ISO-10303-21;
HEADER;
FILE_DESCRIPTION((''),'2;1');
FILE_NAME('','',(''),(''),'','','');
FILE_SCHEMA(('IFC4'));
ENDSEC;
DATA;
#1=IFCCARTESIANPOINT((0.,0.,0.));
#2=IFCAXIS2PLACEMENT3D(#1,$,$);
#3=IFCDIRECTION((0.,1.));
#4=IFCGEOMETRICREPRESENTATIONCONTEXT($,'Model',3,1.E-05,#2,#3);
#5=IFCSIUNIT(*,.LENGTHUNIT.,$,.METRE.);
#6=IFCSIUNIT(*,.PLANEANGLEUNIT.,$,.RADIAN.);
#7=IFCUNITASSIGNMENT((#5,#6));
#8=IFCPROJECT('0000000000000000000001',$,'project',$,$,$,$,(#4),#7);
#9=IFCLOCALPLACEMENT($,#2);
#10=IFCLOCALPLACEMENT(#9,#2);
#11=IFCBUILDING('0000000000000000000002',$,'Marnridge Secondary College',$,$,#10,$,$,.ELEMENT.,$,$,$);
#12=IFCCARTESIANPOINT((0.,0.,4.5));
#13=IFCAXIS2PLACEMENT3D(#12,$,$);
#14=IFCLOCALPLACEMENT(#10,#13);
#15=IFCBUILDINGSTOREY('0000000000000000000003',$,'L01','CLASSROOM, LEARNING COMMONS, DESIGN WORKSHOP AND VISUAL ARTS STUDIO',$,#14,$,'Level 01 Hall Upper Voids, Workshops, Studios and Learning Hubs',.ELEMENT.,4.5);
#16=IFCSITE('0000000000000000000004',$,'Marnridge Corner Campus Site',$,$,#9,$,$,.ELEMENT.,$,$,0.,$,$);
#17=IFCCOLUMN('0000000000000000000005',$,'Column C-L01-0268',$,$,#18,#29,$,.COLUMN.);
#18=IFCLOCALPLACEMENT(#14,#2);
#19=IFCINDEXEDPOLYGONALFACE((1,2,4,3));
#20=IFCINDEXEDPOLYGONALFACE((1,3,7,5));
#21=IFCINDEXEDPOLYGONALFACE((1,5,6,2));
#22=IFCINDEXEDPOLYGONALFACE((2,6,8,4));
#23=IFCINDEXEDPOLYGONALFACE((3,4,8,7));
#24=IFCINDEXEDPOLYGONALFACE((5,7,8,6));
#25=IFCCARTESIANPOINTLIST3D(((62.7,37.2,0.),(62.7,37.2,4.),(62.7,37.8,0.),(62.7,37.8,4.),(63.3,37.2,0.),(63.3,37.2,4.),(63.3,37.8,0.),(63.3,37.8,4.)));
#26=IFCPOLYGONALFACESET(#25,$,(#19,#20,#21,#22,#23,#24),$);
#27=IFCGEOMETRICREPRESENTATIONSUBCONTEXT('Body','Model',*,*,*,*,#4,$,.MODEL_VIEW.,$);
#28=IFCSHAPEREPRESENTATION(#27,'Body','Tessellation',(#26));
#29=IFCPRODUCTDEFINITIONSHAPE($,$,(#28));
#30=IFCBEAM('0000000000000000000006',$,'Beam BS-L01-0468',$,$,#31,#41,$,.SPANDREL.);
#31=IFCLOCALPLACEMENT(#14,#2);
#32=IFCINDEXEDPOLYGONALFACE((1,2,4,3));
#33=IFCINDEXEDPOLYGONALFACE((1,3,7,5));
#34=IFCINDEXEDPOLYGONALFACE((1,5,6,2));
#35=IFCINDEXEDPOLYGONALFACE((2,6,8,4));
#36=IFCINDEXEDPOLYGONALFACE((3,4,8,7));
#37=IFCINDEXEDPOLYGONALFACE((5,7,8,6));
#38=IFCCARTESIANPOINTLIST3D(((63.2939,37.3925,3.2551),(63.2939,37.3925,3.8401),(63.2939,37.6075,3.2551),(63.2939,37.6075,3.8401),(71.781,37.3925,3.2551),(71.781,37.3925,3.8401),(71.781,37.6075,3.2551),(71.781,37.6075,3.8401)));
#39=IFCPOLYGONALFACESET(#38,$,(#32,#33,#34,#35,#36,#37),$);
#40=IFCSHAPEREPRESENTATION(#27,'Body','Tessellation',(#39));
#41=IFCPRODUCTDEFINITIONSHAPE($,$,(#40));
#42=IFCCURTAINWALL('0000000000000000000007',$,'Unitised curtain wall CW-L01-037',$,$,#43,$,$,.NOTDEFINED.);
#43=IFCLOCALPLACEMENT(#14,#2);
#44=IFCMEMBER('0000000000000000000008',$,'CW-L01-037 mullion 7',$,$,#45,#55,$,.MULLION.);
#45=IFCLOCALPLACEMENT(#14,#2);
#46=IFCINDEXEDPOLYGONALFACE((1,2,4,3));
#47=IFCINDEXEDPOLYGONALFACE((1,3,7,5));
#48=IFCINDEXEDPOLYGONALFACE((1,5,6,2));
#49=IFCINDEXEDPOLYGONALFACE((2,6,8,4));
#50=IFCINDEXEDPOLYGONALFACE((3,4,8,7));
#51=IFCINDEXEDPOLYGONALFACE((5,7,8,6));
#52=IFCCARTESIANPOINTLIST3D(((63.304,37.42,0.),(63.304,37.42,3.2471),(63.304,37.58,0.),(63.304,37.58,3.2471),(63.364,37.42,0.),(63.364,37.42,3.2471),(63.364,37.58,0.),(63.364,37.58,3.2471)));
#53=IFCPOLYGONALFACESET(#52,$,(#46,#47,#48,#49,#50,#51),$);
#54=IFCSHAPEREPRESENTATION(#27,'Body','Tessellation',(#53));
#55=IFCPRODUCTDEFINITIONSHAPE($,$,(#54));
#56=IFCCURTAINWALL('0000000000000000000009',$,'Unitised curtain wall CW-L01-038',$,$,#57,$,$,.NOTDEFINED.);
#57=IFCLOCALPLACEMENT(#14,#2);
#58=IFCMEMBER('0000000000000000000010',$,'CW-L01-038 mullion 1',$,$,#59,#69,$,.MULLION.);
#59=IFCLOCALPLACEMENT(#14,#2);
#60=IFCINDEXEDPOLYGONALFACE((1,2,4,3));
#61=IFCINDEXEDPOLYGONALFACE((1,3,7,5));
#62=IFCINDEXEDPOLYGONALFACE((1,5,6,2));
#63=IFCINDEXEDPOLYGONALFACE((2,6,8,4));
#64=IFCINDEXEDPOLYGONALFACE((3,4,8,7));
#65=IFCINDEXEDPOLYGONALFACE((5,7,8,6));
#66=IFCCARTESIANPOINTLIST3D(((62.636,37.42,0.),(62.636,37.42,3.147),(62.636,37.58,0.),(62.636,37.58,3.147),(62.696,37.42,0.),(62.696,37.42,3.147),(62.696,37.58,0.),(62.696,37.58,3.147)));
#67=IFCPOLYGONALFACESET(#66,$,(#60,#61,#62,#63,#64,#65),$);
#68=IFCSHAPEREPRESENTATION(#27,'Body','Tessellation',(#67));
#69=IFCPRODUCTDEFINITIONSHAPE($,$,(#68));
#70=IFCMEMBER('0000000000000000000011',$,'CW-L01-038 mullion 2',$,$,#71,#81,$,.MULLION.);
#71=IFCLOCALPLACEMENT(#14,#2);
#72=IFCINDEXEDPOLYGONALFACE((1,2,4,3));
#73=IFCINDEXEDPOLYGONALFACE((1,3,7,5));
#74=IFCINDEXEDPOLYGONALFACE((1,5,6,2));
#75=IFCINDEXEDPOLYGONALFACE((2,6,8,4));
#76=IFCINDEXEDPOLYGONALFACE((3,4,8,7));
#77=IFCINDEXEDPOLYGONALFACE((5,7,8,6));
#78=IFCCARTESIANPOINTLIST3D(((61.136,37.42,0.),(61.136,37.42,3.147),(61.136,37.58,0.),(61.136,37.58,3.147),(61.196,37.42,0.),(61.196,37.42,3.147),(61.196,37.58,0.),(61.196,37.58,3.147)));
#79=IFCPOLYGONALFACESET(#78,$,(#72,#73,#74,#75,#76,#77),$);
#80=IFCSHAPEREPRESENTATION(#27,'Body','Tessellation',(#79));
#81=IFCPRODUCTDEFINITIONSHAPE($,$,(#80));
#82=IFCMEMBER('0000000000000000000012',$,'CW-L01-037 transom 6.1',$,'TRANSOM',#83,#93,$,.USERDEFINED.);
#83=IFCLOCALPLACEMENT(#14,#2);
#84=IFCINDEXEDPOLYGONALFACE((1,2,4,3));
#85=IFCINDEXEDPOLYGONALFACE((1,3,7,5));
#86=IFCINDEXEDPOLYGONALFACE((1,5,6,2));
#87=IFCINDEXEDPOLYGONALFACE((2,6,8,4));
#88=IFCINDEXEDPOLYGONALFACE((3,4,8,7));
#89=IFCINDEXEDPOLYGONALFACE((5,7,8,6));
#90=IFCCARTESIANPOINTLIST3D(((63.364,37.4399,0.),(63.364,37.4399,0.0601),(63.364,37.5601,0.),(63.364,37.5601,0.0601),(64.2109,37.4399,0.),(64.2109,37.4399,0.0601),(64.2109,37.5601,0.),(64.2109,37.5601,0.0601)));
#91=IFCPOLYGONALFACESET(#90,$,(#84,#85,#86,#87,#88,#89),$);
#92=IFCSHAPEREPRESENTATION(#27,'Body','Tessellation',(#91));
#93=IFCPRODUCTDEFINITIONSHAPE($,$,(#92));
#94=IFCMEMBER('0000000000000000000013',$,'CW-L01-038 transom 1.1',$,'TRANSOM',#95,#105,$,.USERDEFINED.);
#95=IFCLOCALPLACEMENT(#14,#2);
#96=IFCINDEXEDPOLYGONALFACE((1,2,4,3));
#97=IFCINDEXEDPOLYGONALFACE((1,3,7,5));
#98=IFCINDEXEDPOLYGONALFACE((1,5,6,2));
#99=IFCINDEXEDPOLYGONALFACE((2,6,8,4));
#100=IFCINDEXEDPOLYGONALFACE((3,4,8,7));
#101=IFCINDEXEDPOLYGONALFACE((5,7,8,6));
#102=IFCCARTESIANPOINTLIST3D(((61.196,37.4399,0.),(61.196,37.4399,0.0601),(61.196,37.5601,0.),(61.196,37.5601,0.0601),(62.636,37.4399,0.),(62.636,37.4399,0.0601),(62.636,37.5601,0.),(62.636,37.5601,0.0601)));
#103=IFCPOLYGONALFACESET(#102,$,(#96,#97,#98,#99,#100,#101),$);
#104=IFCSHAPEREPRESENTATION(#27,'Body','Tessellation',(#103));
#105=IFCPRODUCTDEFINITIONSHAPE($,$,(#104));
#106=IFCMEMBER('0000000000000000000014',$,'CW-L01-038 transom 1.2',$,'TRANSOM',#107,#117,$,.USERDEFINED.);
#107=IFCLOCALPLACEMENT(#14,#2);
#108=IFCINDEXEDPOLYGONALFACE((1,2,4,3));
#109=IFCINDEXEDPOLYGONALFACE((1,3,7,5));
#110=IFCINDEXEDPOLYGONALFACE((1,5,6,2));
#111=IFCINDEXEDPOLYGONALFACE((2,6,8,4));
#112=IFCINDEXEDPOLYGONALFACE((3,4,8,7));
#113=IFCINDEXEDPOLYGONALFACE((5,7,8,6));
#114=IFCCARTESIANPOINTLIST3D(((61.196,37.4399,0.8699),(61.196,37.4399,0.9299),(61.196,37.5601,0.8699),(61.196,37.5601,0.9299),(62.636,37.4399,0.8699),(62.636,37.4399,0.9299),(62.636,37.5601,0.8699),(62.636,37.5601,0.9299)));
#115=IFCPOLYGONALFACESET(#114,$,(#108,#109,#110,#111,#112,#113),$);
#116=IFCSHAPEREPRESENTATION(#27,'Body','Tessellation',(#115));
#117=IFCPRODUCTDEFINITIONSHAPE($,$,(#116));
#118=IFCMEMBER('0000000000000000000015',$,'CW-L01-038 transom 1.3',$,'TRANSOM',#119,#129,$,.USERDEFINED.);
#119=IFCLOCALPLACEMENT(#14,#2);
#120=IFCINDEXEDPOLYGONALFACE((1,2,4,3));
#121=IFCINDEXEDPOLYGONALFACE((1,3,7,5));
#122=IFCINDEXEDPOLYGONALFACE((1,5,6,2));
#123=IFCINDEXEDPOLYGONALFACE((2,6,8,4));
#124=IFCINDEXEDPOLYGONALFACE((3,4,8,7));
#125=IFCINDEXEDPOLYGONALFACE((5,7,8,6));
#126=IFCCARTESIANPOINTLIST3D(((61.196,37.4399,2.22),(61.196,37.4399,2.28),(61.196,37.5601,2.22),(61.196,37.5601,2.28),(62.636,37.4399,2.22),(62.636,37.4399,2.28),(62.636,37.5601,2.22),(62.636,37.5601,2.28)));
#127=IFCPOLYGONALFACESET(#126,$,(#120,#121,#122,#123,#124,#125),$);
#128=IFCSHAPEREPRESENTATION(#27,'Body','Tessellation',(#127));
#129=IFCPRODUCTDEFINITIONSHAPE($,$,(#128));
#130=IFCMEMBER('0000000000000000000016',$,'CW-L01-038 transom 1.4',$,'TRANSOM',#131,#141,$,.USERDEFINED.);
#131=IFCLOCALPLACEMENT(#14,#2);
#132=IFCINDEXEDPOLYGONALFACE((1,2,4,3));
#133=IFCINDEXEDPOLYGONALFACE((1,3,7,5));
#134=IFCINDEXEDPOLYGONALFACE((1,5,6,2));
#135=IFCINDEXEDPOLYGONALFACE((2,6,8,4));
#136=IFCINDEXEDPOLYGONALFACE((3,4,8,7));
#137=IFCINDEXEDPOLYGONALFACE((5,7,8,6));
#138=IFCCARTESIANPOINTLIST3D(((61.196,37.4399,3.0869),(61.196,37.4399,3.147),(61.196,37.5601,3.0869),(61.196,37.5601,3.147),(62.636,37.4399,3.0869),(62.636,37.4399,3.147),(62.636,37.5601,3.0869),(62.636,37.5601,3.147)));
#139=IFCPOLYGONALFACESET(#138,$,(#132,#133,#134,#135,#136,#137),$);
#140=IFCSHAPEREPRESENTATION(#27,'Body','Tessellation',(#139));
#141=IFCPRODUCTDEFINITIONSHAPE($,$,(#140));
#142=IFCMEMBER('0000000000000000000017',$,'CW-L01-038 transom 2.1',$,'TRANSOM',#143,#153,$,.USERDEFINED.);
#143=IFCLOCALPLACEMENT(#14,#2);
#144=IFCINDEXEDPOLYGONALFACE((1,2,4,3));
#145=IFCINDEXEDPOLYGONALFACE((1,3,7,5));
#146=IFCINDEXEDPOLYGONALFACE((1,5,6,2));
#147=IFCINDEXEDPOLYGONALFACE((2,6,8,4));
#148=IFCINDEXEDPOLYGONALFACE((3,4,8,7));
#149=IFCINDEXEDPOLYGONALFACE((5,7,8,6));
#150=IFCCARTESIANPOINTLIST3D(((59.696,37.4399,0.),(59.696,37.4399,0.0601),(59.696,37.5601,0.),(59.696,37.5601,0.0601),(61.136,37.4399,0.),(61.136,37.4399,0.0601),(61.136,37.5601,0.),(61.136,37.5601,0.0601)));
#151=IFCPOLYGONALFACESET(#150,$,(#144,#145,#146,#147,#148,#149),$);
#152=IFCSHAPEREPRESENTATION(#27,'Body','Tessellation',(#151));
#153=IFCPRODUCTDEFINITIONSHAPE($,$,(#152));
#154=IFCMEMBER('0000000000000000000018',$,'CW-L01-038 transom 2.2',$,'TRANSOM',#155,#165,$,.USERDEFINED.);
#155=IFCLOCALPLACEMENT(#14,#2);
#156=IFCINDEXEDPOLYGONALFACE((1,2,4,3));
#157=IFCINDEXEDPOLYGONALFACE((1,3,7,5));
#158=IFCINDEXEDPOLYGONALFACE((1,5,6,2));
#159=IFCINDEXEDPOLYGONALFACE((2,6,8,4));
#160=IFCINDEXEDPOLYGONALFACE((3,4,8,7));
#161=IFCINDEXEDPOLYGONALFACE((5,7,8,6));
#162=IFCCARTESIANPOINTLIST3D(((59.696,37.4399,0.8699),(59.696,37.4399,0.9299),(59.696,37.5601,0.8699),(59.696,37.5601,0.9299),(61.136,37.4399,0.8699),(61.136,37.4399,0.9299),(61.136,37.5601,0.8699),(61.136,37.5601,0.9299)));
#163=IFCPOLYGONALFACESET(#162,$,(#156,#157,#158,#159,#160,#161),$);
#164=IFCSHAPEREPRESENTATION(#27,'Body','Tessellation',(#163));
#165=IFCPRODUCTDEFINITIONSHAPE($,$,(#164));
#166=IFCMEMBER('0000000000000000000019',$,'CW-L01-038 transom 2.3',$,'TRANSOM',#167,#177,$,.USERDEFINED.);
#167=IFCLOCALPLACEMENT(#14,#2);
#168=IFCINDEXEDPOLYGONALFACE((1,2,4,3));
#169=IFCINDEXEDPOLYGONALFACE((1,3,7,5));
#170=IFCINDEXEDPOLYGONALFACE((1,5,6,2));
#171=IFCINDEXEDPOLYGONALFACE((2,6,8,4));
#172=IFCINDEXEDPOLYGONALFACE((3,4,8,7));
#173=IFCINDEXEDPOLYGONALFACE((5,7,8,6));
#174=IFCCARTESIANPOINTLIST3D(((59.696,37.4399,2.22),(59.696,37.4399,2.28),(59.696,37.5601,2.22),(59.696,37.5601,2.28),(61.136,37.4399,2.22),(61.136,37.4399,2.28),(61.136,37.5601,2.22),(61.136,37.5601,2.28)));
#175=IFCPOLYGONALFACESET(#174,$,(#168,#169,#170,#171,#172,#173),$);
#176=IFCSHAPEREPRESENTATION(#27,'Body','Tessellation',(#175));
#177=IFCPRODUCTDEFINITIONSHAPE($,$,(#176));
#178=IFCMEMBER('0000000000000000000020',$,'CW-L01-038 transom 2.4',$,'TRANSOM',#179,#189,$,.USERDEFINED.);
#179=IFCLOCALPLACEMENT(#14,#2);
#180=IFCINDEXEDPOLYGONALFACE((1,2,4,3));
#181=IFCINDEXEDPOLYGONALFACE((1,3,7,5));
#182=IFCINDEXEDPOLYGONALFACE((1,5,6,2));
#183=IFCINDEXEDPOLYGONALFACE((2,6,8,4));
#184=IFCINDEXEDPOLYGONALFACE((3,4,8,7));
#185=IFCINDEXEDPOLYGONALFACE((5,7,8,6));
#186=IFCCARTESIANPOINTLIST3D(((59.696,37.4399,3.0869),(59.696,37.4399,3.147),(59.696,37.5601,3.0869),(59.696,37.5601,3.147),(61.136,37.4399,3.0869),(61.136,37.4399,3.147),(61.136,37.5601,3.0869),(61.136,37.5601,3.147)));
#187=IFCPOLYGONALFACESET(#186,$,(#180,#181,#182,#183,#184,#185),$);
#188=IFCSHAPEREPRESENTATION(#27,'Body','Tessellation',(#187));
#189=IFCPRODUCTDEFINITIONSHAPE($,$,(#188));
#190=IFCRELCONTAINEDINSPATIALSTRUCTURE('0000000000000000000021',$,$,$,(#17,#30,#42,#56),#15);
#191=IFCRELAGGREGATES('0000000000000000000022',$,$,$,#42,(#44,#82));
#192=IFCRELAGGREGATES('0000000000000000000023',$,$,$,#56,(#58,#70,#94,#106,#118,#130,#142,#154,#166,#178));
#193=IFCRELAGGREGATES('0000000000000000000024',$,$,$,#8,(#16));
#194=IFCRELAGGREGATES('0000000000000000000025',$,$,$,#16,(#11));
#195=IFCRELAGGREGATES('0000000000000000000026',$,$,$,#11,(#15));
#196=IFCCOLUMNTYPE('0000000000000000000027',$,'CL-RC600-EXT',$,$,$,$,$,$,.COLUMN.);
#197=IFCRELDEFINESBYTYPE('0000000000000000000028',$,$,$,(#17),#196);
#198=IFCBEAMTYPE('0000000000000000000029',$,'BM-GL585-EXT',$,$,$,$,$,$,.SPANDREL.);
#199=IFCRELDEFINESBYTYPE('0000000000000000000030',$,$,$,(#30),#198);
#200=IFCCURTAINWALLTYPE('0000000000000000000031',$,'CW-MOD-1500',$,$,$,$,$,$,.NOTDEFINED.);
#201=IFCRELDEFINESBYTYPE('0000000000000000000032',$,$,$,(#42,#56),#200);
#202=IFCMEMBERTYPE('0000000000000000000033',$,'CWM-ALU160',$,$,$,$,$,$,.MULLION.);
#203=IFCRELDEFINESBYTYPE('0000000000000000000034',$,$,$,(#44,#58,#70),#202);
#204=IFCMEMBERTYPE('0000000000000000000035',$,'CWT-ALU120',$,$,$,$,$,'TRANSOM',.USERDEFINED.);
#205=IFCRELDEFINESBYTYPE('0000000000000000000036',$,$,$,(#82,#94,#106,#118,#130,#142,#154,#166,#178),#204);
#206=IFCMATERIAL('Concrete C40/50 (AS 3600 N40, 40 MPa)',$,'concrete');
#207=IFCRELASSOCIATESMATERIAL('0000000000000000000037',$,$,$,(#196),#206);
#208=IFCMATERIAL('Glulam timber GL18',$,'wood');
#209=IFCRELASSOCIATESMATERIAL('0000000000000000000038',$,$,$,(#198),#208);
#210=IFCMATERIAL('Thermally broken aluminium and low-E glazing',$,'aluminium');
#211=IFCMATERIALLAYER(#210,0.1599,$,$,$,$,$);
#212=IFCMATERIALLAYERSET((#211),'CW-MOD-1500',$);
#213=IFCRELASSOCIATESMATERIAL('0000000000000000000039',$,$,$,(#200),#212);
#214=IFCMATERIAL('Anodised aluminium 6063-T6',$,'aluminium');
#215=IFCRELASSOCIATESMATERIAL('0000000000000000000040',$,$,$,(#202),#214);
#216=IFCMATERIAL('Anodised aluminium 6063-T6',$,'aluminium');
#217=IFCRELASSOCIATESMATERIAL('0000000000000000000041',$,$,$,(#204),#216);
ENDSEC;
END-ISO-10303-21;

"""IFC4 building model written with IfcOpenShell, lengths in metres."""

from ifc_helpers import new_model, si_unit, direction, frame, origin, origin_2d, place, context, subcontext, project, spatial, rectangle, extrude, material, layer, layer_set, material_profile, profile_set, type_object, element, aggregate, save


model = new_model("IFC4")

# Units and contexts
model_context = context("Model", 3, precision=1e-05, world=origin(), true_north=direction((0.0, 1.0)))
body_context = subcontext(model_context, "Body", "Model", "MODEL_VIEW")
ifc_project = project(units=[si_unit("LENGTHUNIT", "METRE"), si_unit("PLANEANGLEUNIT", "RADIAN")], contexts=[model_context])

# Site, building, storey
site_placement = place(None, origin())
site = spatial("IfcSite", under=ifc_project, at=site_placement, Name="Marnridge Corner Campus Site", CompositionType="ELEMENT", RefElevation=0.0)
building_placement = place(site_placement, origin())
building = spatial("IfcBuilding", under=site, at=building_placement, Name="Marnridge Secondary College", CompositionType="ELEMENT")
storey_placement = place(building_placement, frame((0.0, 0.0, 4.5)))
storey = spatial("IfcBuildingStorey", under=building, at=storey_placement, Name="L01", Description="CLASSROOM, LEARNING COMMONS, DESIGN WORKSHOP AND VISUAL ARTS STUDIO", LongName="Level 01 Hall Upper Voids, Workshops, Studios and Learning Hubs", CompositionType="ELEMENT", Elevation=4.5)

# Column
ifc_material_1 = material(Name="Concrete C40/50 (AS 3600 N40, 40 MPa)", Category="concrete")
ifc_material_profile_1 = material_profile(ifc_material_1, rectangle(XDim=0.6001, YDim=0.6001, at=origin_2d()), Name="RC 600x600")
ifc_profile_set_1 = profile_set([ifc_material_profile_1], Name="Concrete C40/50 (AS 3600 N40, 40 MPa)")
column_type = type_object("IfcColumnType", Name="CL-RC600-EXT", PredefinedType="COLUMN", material=ifc_profile_set_1)
column_placement = place(storey_placement, frame((63.0, 37.5, 0.0), z_axis=(0.0, 0.0, 1.0), x_axis=(1.0, 0.0, 0.0)))
element("IfcColumn", 1, at=column_placement, inside=storey, type_object=column_type, Name="Column C-L01-0268", PredefinedType="COLUMN", context=body_context, shape_type="SweptSolid", body=[
    extrude(rectangle(XDim=0.6001, YDim=0.6001, at=origin_2d()), origin(), (0.0, 0.0, 1.0), 4.0),
])

# Beam
ifc_material_2 = material(Name="Glulam timber GL18", Category="wood")
ifc_material_profile_2 = material_profile(ifc_material_2, rectangle(XDim=0.2151, YDim=0.585, at=origin_2d()), Name="GL18 215x585")
ifc_profile_set_2 = profile_set([ifc_material_profile_2], Name="Glulam timber GL18")
beam_type = type_object("IfcBeamType", Name="BM-GL585-EXT", PredefinedType="SPANDREL", material=ifc_profile_set_2)
beam_placement = place(storey_placement, frame((63.2939, 37.5, 3.5476), z_axis=(1.0, 0.0, 0.0), x_axis=(0.0, 1.0, 0.0)))
element("IfcBeam", 2, at=beam_placement, inside=storey, type_object=beam_type, Name="Beam BS-L01-0468", PredefinedType="SPANDREL", context=body_context, shape_type="SweptSolid", body=[
    extrude(rectangle(XDim=0.2151, YDim=0.585, at=origin_2d()), origin(), (0.0, 0.0, 1.0), 8.4871),
])

# Curtain wall, member
ifc_material_3 = material(Name="Thermally broken aluminium and low-E glazing", Category="aluminium")
ifc_layer_1 = layer(ifc_material_3, 0.1599)
ifc_layer_set_1 = layer_set([ifc_layer_1], Name="CW-MOD-1500")
curtain_wall_type = type_object("IfcCurtainWallType", Name="CW-MOD-1500", PredefinedType="NOTDEFINED", material=ifc_layer_set_1)
curtain_wall_1_placement = place(storey_placement, origin())
curtain_wall_1 = element("IfcCurtainWall", 3, at=curtain_wall_1_placement, inside=storey, type_object=curtain_wall_type, Name="Unitised curtain wall CW-L01-037", PredefinedType="NOTDEFINED")
ifc_material_4 = material(Name="Anodised aluminium 6063-T6", Category="aluminium")
ifc_material_profile_3 = material_profile(ifc_material_4, rectangle(XDim=0.0601, YDim=0.1599, at=origin_2d()), Name="ALU 60x160")
ifc_profile_set_3 = profile_set([ifc_material_profile_3], Name="Anodised aluminium 6063-T6")
member_type_1 = type_object("IfcMemberType", Name="CWM-ALU160", PredefinedType="MULLION", material=ifc_profile_set_3)
member_1_placement = place(storey_placement, frame((63.334, 37.5, 0.0), z_axis=(0.0, 0.0, 1.0), x_axis=(-1.0, 0.0, 0.0)))
member_1 = element("IfcMember", 4, at=member_1_placement, type_object=member_type_1, Name="CW-L01-037 mullion 7", PredefinedType="MULLION", context=body_context, shape_type="SweptSolid", body=[
    extrude(rectangle(XDim=0.0601, YDim=0.1599, at=origin_2d()), origin(), (0.0, 0.0, 1.0), 3.2471),
])

# Curtain wall, members
curtain_wall_2_placement = place(storey_placement, origin())
curtain_wall_2 = element("IfcCurtainWall", 5, at=curtain_wall_2_placement, inside=storey, type_object=curtain_wall_type, Name="Unitised curtain wall CW-L01-038", PredefinedType="NOTDEFINED")
member_2_placement = place(storey_placement, frame((62.666, 37.5, 0.0), z_axis=(0.0, 0.0, 1.0), x_axis=(-1.0, 0.0, 0.0)))
member_2 = element("IfcMember", 6, at=member_2_placement, type_object=member_type_1, Name="CW-L01-038 mullion 1", PredefinedType="MULLION", context=body_context, shape_type="SweptSolid", body=[
    extrude(rectangle(XDim=0.0601, YDim=0.1599, at=origin_2d()), origin(), (0.0, 0.0, 1.0), 3.147),
])
member_3_placement = place(storey_placement, frame((61.166, 37.5, 0.0), z_axis=(0.0, 0.0, 1.0), x_axis=(-1.0, 0.0, 0.0)))
member_3 = element("IfcMember", 7, at=member_3_placement, type_object=member_type_1, Name="CW-L01-038 mullion 2", PredefinedType="MULLION", context=body_context, shape_type="SweptSolid", body=[
    extrude(rectangle(XDim=0.0601, YDim=0.1599, at=origin_2d()), origin(), (0.0, 0.0, 1.0), 3.147),
])

# Members
ifc_material_5 = material(Name="Anodised aluminium 6063-T6", Category="aluminium")
ifc_material_profile_4 = material_profile(ifc_material_5, rectangle(XDim=0.0601, YDim=0.1201, at=origin_2d()), Name="ALU 60x120")
ifc_profile_set_4 = profile_set([ifc_material_profile_4], Name="Anodised aluminium 6063-T6")
member_type_2 = type_object("IfcMemberType", Name="CWT-ALU120", ElementType="TRANSOM", PredefinedType="USERDEFINED", material=ifc_profile_set_4)
member_4_placement = place(storey_placement, frame((64.2109, 37.5, 0.03), z_axis=(-1.0, 0.0, 0.0), x_axis=(0.0, 0.0, 1.0)))
member_4 = element("IfcMember", 8, at=member_4_placement, type_object=member_type_2, Name="CW-L01-037 transom 6.1", ObjectType="TRANSOM", PredefinedType="USERDEFINED", context=body_context, shape_type="SweptSolid", body=[
    extrude(rectangle(XDim=0.0601, YDim=0.1201, at=origin_2d()), origin(), (0.0, 0.0, 1.0), 0.8469),
])
member_5_placement = place(storey_placement, frame((62.636, 37.5, 0.03), z_axis=(-1.0, 0.0, 0.0), x_axis=(0.0, 0.0, 1.0)))
member_5 = element("IfcMember", 9, at=member_5_placement, type_object=member_type_2, Name="CW-L01-038 transom 1.1", ObjectType="TRANSOM", PredefinedType="USERDEFINED", context=body_context, shape_type="SweptSolid", body=[
    extrude(rectangle(XDim=0.0601, YDim=0.1201, at=origin_2d()), origin(), (0.0, 0.0, 1.0), 1.4399),
])
member_6_placement = place(storey_placement, frame((62.636, 37.5, 0.8999), z_axis=(-1.0, 0.0, 0.0), x_axis=(0.0, 0.0, 1.0)))
member_6 = element("IfcMember", 10, at=member_6_placement, type_object=member_type_2, Name="CW-L01-038 transom 1.2", ObjectType="TRANSOM", PredefinedType="USERDEFINED", context=body_context, shape_type="SweptSolid", body=[
    extrude(rectangle(XDim=0.0601, YDim=0.1201, at=origin_2d()), origin(), (0.0, 0.0, 1.0), 1.4399),
])
member_7_placement = place(storey_placement, frame((62.636, 37.5, 2.25), z_axis=(-1.0, 0.0, 0.0), x_axis=(0.0, 0.0, 1.0)))
member_7 = element("IfcMember", 11, at=member_7_placement, type_object=member_type_2, Name="CW-L01-038 transom 1.3", ObjectType="TRANSOM", PredefinedType="USERDEFINED", context=body_context, shape_type="SweptSolid", body=[
    extrude(rectangle(XDim=0.0601, YDim=0.1201, at=origin_2d()), origin(), (0.0, 0.0, 1.0), 1.4399),
])
member_8_placement = place(storey_placement, frame((62.636, 37.5, 3.1169), z_axis=(-1.0, 0.0, 0.0), x_axis=(0.0, 0.0, 1.0)))
member_8 = element("IfcMember", 12, at=member_8_placement, type_object=member_type_2, Name="CW-L01-038 transom 1.4", ObjectType="TRANSOM", PredefinedType="USERDEFINED", context=body_context, shape_type="SweptSolid", body=[
    extrude(rectangle(XDim=0.0601, YDim=0.1201, at=origin_2d()), origin(), (0.0, 0.0, 1.0), 1.4399),
])
member_9_placement = place(storey_placement, frame((61.136, 37.5, 0.03), z_axis=(-1.0, 0.0, 0.0), x_axis=(0.0, 0.0, 1.0)))
member_9 = element("IfcMember", 13, at=member_9_placement, type_object=member_type_2, Name="CW-L01-038 transom 2.1", ObjectType="TRANSOM", PredefinedType="USERDEFINED", context=body_context, shape_type="SweptSolid", body=[
    extrude(rectangle(XDim=0.0601, YDim=0.1201, at=origin_2d()), origin(), (0.0, 0.0, 1.0), 1.4399),
])
member_10_placement = place(storey_placement, frame((61.136, 37.5, 0.8999), z_axis=(-1.0, 0.0, 0.0), x_axis=(0.0, 0.0, 1.0)))
member_10 = element("IfcMember", 14, at=member_10_placement, type_object=member_type_2, Name="CW-L01-038 transom 2.2", ObjectType="TRANSOM", PredefinedType="USERDEFINED", context=body_context, shape_type="SweptSolid", body=[
    extrude(rectangle(XDim=0.0601, YDim=0.1201, at=origin_2d()), origin(), (0.0, 0.0, 1.0), 1.4399),
])
member_11_placement = place(storey_placement, frame((61.136, 37.5, 2.25), z_axis=(-1.0, 0.0, 0.0), x_axis=(0.0, 0.0, 1.0)))
member_11 = element("IfcMember", 15, at=member_11_placement, type_object=member_type_2, Name="CW-L01-038 transom 2.3", ObjectType="TRANSOM", PredefinedType="USERDEFINED", context=body_context, shape_type="SweptSolid", body=[
    extrude(rectangle(XDim=0.0601, YDim=0.1201, at=origin_2d()), origin(), (0.0, 0.0, 1.0), 1.4399),
])
member_12_placement = place(storey_placement, frame((61.136, 37.5, 3.1169), z_axis=(-1.0, 0.0, 0.0), x_axis=(0.0, 0.0, 1.0)))
member_12 = element("IfcMember", 16, at=member_12_placement, type_object=member_type_2, Name="CW-L01-038 transom 2.4", ObjectType="TRANSOM", PredefinedType="USERDEFINED", context=body_context, shape_type="SweptSolid", body=[
    extrude(rectangle(XDim=0.0601, YDim=0.1201, at=origin_2d()), origin(), (0.0, 0.0, 1.0), 1.4399),
])

aggregate(curtain_wall_1, [member_1, member_4])
aggregate(curtain_wall_2, [member_2, member_3, member_5, member_6, member_7, member_8, member_9, member_10, member_11, member_12])

save(model, "model.ifc")
